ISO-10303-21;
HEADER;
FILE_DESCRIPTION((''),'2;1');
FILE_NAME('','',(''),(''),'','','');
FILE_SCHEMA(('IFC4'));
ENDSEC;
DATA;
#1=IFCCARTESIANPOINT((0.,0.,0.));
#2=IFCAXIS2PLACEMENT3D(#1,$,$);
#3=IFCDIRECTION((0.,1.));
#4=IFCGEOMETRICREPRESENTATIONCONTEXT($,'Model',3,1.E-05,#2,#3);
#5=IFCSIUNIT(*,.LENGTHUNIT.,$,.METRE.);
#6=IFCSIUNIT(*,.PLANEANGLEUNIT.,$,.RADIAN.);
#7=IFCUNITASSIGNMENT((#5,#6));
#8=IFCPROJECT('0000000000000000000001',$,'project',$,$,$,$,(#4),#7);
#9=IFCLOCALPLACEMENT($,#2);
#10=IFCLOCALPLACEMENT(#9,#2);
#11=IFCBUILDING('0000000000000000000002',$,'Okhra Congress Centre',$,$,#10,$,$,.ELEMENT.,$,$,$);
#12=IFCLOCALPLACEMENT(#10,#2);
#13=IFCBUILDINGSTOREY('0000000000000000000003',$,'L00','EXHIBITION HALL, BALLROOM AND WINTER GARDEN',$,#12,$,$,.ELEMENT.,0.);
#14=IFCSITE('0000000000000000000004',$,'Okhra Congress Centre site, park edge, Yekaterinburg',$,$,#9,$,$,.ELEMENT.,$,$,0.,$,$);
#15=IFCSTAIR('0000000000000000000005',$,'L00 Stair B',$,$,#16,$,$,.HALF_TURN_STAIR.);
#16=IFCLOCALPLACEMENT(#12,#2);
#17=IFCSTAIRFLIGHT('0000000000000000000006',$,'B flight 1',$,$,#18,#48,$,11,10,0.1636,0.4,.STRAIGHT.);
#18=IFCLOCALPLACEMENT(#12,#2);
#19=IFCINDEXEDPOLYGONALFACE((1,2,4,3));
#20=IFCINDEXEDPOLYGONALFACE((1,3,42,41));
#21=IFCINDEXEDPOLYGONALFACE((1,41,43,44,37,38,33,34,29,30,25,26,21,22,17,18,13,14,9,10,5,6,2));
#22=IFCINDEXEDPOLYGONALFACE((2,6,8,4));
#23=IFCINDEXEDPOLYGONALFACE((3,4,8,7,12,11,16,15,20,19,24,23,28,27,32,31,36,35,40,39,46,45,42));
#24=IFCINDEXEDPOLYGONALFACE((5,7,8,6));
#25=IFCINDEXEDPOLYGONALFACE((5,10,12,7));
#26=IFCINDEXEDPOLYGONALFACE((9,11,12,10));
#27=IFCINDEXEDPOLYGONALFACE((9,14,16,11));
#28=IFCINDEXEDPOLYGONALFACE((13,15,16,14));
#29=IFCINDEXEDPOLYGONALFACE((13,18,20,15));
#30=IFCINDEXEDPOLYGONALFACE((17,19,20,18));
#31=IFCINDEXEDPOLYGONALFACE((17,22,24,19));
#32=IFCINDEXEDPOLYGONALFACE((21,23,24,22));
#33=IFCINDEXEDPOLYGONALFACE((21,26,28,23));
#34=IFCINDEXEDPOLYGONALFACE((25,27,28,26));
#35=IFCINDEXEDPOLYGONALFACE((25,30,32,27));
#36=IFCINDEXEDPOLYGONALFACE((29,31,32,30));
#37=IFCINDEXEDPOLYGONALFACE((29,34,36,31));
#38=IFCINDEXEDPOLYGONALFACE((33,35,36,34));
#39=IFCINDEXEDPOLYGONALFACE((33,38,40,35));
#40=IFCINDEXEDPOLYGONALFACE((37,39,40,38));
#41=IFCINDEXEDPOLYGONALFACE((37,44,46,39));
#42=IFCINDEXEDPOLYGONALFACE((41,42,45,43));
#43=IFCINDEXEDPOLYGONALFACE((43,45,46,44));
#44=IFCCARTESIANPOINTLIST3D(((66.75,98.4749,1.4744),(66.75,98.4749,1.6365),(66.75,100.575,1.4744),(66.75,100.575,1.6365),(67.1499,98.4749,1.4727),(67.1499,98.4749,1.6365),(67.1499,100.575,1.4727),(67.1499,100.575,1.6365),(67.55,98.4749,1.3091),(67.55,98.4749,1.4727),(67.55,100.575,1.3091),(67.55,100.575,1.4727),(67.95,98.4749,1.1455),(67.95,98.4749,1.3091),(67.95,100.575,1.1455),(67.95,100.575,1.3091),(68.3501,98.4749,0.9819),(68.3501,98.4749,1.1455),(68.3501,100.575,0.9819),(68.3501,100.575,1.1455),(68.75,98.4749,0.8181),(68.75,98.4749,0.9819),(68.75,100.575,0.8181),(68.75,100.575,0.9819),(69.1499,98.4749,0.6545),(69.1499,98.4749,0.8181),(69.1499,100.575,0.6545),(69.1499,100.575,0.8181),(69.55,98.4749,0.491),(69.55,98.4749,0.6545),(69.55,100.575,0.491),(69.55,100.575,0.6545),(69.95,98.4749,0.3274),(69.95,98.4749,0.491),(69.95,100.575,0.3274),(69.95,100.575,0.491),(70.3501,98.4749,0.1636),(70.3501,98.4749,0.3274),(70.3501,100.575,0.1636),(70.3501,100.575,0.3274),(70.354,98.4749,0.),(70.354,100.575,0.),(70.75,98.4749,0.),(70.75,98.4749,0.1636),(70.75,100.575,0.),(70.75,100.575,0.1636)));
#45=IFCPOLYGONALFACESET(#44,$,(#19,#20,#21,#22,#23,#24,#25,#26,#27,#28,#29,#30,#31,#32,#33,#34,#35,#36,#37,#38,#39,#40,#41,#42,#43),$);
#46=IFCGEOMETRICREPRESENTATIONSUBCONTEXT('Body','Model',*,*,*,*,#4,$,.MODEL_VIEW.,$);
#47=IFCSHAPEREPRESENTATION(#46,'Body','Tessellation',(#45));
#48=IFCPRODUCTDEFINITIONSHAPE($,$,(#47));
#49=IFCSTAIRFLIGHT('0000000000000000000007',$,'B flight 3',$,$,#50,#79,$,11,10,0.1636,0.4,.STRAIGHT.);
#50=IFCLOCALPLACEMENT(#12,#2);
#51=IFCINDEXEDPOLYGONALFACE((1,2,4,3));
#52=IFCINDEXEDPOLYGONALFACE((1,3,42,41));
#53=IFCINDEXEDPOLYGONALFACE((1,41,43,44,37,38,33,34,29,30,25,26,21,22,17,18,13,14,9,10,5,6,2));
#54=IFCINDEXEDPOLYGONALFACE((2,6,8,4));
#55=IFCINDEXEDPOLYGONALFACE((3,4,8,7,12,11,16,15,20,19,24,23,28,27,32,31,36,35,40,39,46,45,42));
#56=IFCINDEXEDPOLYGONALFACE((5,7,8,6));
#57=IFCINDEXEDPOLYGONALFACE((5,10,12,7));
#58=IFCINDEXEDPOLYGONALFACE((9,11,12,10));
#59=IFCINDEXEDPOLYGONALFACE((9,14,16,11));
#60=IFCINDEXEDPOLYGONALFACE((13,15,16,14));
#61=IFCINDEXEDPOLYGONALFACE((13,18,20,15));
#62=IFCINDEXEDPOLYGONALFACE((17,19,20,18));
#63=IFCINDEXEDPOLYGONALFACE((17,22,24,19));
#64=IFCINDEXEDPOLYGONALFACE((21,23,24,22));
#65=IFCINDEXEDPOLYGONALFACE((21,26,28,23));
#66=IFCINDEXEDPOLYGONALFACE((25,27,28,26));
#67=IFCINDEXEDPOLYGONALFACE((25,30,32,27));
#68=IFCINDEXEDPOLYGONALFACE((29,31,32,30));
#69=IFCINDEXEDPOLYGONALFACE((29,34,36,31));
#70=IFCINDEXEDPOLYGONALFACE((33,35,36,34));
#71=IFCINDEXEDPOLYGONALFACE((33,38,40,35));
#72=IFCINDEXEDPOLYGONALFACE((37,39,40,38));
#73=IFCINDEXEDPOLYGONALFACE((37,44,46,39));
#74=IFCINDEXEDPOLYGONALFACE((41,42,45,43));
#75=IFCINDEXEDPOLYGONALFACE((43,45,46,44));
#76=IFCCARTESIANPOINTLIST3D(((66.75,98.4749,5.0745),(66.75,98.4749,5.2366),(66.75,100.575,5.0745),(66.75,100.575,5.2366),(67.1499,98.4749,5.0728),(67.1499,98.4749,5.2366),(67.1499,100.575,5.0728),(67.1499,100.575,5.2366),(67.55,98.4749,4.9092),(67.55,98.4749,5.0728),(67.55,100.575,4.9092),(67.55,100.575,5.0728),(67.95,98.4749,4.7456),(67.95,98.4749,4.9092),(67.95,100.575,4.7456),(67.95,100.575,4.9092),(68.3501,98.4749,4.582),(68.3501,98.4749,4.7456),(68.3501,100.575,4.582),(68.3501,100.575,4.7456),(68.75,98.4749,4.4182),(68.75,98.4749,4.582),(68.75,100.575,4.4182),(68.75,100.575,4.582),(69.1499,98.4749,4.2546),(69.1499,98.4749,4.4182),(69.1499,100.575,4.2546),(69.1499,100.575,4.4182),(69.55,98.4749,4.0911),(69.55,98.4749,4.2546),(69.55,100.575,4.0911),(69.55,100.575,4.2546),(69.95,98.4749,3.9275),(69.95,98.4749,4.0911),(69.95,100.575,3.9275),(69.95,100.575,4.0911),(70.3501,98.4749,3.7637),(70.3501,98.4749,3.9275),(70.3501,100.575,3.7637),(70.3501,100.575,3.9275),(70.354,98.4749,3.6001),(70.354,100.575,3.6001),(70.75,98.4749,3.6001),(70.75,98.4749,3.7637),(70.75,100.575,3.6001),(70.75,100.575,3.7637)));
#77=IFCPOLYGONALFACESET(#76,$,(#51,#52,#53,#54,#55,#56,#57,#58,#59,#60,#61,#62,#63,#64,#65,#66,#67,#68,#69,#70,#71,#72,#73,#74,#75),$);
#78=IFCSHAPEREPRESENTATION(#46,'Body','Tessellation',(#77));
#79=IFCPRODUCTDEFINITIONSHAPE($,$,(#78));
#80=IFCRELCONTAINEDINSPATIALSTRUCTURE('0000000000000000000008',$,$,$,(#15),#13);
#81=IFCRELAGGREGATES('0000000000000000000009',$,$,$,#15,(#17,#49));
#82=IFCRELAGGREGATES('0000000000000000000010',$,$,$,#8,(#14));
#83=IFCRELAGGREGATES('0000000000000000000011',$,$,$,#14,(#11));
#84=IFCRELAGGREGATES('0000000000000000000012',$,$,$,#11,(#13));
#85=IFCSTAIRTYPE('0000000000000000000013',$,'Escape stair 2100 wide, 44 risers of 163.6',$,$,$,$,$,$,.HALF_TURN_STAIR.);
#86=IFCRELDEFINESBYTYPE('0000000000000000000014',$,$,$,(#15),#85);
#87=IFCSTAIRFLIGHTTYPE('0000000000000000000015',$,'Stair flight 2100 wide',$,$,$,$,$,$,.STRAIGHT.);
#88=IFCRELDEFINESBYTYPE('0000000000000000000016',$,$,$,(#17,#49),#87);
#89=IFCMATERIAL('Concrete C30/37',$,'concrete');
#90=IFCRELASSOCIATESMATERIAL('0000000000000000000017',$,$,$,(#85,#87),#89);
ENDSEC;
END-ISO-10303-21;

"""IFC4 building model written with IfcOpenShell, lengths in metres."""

from ifc_helpers import new_model, si_unit, direction, frame, origin, place, context, subcontext, project, spatial, polyline, outline, extrude, material, type_object, element, aggregate, save


model = new_model("IFC4")

# Units and contexts
model_context = context("Model", 3, precision=1e-05, world=origin(), true_north=direction((0.0, 1.0)))
body_context = subcontext(model_context, "Body", "Model", "MODEL_VIEW")
ifc_project = project(units=[si_unit("LENGTHUNIT", "METRE"), si_unit("PLANEANGLEUNIT", "RADIAN")], contexts=[model_context])

# Site, building, storey
site_placement = place(None, origin())
site = spatial("IfcSite", under=ifc_project, at=site_placement, Name="Okhra Congress Centre site, park edge, Yekaterinburg", CompositionType="ELEMENT", RefElevation=0.0)
building_placement = place(site_placement, origin())
building = spatial("IfcBuilding", under=site, at=building_placement, Name="Okhra Congress Centre", CompositionType="ELEMENT")
storey_placement = place(building_placement, origin())
storey = spatial("IfcBuildingStorey", under=building, at=storey_placement, Name="L00", Description="EXHIBITION HALL, BALLROOM AND WINTER GARDEN", CompositionType="ELEMENT", Elevation=0.0)

# Shared definitions
ifc_material_1 = material(Name="Concrete C30/37", Category="concrete")

# Stair, stair flights
stair_type = type_object("IfcStairType", Name="Escape stair 2100 wide, 44 risers of 163.6", PredefinedType="HALF_TURN_STAIR", material=ifc_material_1)
stair_placement = place(storey_placement, origin())
stair = element("IfcStair", 1, at=stair_placement, inside=storey, type_object=stair_type, Name="L00 Stair B", PredefinedType="HALF_TURN_STAIR")
stair_flight_type = type_object("IfcStairFlightType", Name="Stair flight 2100 wide", PredefinedType="STRAIGHT", material=ifc_material_1)
stair_flight_1_placement = place(storey_placement, frame((70.75, 99.5249, 0.0), z_axis=(0.0, 0.0, 1.0), x_axis=(-1.0, 0.0, 0.0)))
stair_flight_1 = element("IfcStairFlight", 2, at=stair_flight_1_placement, type_object=stair_flight_type, Name="B flight 1", NumberOfRisers=11, NumberOfTreads=10, PredefinedType="STRAIGHT", RiserHeight=0.1636, TreadLength=0.4, context=body_context, shape_type="SweptSolid", body=[
    extrude(outline(polyline([(0.0, 0.0), (0.0, 0.1636), (0.3999, 0.1636), (0.3999, 0.3274), (0.8, 0.3274), (0.8, 0.491), (1.2, 0.491), (1.2, 0.6545), (1.6001, 0.6545), (1.6001, 0.8181), (2.0, 0.8181), (2.0, 0.9819), (2.3999, 0.9819), (2.3999, 1.1455), (2.8, 1.1455), (2.8, 1.3091), (3.2, 1.3091), (3.2, 1.4727), (3.6001, 1.4727), (3.6001, 1.6365), (4.0, 1.6365), (4.0, 1.8), (4.0, 1.4744), (0.396, 0.0), (0.0, 0.0)])), frame((0.0, 1.05, 0.0), z_axis=(0.0, -1.0, 0.0), x_axis=(1.0, 0.0, 0.0)), (0.0, 0.0, 1.0), 2.1001),
])
stair_flight_2_placement = place(storey_placement, frame((70.75, 99.5249, 3.6001), z_axis=(0.0, 0.0, 1.0), x_axis=(-1.0, 0.0, 0.0)))
stair_flight_2 = element("IfcStairFlight", 3, at=stair_flight_2_placement, type_object=stair_flight_type, Name="B flight 3", NumberOfRisers=11, NumberOfTreads=10, PredefinedType="STRAIGHT", RiserHeight=0.1636, TreadLength=0.4, context=body_context, shape_type="SweptSolid", body=[
    extrude(outline(polyline([(0.0, 0.0), (0.0, 0.1636), (0.3999, 0.1636), (0.3999, 0.3274), (0.8, 0.3274), (0.8, 0.491), (1.2, 0.491), (1.2, 0.6545), (1.6001, 0.6545), (1.6001, 0.8181), (2.0, 0.8181), (2.0, 0.9819), (2.3999, 0.9819), (2.3999, 1.1455), (2.8, 1.1455), (2.8, 1.3091), (3.2, 1.3091), (3.2, 1.4727), (3.6001, 1.4727), (3.6001, 1.6365), (4.0, 1.6365), (4.0, 1.8), (4.0, 1.4744), (0.396, 0.0), (0.0, 0.0)])), frame((0.0, 1.05, 0.0), z_axis=(0.0, -1.0, 0.0), x_axis=(1.0, 0.0, 0.0)), (0.0, 0.0, 1.0), 2.1001),
])
aggregate(stair, [stair_flight_1, stair_flight_2])

save(model, "model.ifc")
